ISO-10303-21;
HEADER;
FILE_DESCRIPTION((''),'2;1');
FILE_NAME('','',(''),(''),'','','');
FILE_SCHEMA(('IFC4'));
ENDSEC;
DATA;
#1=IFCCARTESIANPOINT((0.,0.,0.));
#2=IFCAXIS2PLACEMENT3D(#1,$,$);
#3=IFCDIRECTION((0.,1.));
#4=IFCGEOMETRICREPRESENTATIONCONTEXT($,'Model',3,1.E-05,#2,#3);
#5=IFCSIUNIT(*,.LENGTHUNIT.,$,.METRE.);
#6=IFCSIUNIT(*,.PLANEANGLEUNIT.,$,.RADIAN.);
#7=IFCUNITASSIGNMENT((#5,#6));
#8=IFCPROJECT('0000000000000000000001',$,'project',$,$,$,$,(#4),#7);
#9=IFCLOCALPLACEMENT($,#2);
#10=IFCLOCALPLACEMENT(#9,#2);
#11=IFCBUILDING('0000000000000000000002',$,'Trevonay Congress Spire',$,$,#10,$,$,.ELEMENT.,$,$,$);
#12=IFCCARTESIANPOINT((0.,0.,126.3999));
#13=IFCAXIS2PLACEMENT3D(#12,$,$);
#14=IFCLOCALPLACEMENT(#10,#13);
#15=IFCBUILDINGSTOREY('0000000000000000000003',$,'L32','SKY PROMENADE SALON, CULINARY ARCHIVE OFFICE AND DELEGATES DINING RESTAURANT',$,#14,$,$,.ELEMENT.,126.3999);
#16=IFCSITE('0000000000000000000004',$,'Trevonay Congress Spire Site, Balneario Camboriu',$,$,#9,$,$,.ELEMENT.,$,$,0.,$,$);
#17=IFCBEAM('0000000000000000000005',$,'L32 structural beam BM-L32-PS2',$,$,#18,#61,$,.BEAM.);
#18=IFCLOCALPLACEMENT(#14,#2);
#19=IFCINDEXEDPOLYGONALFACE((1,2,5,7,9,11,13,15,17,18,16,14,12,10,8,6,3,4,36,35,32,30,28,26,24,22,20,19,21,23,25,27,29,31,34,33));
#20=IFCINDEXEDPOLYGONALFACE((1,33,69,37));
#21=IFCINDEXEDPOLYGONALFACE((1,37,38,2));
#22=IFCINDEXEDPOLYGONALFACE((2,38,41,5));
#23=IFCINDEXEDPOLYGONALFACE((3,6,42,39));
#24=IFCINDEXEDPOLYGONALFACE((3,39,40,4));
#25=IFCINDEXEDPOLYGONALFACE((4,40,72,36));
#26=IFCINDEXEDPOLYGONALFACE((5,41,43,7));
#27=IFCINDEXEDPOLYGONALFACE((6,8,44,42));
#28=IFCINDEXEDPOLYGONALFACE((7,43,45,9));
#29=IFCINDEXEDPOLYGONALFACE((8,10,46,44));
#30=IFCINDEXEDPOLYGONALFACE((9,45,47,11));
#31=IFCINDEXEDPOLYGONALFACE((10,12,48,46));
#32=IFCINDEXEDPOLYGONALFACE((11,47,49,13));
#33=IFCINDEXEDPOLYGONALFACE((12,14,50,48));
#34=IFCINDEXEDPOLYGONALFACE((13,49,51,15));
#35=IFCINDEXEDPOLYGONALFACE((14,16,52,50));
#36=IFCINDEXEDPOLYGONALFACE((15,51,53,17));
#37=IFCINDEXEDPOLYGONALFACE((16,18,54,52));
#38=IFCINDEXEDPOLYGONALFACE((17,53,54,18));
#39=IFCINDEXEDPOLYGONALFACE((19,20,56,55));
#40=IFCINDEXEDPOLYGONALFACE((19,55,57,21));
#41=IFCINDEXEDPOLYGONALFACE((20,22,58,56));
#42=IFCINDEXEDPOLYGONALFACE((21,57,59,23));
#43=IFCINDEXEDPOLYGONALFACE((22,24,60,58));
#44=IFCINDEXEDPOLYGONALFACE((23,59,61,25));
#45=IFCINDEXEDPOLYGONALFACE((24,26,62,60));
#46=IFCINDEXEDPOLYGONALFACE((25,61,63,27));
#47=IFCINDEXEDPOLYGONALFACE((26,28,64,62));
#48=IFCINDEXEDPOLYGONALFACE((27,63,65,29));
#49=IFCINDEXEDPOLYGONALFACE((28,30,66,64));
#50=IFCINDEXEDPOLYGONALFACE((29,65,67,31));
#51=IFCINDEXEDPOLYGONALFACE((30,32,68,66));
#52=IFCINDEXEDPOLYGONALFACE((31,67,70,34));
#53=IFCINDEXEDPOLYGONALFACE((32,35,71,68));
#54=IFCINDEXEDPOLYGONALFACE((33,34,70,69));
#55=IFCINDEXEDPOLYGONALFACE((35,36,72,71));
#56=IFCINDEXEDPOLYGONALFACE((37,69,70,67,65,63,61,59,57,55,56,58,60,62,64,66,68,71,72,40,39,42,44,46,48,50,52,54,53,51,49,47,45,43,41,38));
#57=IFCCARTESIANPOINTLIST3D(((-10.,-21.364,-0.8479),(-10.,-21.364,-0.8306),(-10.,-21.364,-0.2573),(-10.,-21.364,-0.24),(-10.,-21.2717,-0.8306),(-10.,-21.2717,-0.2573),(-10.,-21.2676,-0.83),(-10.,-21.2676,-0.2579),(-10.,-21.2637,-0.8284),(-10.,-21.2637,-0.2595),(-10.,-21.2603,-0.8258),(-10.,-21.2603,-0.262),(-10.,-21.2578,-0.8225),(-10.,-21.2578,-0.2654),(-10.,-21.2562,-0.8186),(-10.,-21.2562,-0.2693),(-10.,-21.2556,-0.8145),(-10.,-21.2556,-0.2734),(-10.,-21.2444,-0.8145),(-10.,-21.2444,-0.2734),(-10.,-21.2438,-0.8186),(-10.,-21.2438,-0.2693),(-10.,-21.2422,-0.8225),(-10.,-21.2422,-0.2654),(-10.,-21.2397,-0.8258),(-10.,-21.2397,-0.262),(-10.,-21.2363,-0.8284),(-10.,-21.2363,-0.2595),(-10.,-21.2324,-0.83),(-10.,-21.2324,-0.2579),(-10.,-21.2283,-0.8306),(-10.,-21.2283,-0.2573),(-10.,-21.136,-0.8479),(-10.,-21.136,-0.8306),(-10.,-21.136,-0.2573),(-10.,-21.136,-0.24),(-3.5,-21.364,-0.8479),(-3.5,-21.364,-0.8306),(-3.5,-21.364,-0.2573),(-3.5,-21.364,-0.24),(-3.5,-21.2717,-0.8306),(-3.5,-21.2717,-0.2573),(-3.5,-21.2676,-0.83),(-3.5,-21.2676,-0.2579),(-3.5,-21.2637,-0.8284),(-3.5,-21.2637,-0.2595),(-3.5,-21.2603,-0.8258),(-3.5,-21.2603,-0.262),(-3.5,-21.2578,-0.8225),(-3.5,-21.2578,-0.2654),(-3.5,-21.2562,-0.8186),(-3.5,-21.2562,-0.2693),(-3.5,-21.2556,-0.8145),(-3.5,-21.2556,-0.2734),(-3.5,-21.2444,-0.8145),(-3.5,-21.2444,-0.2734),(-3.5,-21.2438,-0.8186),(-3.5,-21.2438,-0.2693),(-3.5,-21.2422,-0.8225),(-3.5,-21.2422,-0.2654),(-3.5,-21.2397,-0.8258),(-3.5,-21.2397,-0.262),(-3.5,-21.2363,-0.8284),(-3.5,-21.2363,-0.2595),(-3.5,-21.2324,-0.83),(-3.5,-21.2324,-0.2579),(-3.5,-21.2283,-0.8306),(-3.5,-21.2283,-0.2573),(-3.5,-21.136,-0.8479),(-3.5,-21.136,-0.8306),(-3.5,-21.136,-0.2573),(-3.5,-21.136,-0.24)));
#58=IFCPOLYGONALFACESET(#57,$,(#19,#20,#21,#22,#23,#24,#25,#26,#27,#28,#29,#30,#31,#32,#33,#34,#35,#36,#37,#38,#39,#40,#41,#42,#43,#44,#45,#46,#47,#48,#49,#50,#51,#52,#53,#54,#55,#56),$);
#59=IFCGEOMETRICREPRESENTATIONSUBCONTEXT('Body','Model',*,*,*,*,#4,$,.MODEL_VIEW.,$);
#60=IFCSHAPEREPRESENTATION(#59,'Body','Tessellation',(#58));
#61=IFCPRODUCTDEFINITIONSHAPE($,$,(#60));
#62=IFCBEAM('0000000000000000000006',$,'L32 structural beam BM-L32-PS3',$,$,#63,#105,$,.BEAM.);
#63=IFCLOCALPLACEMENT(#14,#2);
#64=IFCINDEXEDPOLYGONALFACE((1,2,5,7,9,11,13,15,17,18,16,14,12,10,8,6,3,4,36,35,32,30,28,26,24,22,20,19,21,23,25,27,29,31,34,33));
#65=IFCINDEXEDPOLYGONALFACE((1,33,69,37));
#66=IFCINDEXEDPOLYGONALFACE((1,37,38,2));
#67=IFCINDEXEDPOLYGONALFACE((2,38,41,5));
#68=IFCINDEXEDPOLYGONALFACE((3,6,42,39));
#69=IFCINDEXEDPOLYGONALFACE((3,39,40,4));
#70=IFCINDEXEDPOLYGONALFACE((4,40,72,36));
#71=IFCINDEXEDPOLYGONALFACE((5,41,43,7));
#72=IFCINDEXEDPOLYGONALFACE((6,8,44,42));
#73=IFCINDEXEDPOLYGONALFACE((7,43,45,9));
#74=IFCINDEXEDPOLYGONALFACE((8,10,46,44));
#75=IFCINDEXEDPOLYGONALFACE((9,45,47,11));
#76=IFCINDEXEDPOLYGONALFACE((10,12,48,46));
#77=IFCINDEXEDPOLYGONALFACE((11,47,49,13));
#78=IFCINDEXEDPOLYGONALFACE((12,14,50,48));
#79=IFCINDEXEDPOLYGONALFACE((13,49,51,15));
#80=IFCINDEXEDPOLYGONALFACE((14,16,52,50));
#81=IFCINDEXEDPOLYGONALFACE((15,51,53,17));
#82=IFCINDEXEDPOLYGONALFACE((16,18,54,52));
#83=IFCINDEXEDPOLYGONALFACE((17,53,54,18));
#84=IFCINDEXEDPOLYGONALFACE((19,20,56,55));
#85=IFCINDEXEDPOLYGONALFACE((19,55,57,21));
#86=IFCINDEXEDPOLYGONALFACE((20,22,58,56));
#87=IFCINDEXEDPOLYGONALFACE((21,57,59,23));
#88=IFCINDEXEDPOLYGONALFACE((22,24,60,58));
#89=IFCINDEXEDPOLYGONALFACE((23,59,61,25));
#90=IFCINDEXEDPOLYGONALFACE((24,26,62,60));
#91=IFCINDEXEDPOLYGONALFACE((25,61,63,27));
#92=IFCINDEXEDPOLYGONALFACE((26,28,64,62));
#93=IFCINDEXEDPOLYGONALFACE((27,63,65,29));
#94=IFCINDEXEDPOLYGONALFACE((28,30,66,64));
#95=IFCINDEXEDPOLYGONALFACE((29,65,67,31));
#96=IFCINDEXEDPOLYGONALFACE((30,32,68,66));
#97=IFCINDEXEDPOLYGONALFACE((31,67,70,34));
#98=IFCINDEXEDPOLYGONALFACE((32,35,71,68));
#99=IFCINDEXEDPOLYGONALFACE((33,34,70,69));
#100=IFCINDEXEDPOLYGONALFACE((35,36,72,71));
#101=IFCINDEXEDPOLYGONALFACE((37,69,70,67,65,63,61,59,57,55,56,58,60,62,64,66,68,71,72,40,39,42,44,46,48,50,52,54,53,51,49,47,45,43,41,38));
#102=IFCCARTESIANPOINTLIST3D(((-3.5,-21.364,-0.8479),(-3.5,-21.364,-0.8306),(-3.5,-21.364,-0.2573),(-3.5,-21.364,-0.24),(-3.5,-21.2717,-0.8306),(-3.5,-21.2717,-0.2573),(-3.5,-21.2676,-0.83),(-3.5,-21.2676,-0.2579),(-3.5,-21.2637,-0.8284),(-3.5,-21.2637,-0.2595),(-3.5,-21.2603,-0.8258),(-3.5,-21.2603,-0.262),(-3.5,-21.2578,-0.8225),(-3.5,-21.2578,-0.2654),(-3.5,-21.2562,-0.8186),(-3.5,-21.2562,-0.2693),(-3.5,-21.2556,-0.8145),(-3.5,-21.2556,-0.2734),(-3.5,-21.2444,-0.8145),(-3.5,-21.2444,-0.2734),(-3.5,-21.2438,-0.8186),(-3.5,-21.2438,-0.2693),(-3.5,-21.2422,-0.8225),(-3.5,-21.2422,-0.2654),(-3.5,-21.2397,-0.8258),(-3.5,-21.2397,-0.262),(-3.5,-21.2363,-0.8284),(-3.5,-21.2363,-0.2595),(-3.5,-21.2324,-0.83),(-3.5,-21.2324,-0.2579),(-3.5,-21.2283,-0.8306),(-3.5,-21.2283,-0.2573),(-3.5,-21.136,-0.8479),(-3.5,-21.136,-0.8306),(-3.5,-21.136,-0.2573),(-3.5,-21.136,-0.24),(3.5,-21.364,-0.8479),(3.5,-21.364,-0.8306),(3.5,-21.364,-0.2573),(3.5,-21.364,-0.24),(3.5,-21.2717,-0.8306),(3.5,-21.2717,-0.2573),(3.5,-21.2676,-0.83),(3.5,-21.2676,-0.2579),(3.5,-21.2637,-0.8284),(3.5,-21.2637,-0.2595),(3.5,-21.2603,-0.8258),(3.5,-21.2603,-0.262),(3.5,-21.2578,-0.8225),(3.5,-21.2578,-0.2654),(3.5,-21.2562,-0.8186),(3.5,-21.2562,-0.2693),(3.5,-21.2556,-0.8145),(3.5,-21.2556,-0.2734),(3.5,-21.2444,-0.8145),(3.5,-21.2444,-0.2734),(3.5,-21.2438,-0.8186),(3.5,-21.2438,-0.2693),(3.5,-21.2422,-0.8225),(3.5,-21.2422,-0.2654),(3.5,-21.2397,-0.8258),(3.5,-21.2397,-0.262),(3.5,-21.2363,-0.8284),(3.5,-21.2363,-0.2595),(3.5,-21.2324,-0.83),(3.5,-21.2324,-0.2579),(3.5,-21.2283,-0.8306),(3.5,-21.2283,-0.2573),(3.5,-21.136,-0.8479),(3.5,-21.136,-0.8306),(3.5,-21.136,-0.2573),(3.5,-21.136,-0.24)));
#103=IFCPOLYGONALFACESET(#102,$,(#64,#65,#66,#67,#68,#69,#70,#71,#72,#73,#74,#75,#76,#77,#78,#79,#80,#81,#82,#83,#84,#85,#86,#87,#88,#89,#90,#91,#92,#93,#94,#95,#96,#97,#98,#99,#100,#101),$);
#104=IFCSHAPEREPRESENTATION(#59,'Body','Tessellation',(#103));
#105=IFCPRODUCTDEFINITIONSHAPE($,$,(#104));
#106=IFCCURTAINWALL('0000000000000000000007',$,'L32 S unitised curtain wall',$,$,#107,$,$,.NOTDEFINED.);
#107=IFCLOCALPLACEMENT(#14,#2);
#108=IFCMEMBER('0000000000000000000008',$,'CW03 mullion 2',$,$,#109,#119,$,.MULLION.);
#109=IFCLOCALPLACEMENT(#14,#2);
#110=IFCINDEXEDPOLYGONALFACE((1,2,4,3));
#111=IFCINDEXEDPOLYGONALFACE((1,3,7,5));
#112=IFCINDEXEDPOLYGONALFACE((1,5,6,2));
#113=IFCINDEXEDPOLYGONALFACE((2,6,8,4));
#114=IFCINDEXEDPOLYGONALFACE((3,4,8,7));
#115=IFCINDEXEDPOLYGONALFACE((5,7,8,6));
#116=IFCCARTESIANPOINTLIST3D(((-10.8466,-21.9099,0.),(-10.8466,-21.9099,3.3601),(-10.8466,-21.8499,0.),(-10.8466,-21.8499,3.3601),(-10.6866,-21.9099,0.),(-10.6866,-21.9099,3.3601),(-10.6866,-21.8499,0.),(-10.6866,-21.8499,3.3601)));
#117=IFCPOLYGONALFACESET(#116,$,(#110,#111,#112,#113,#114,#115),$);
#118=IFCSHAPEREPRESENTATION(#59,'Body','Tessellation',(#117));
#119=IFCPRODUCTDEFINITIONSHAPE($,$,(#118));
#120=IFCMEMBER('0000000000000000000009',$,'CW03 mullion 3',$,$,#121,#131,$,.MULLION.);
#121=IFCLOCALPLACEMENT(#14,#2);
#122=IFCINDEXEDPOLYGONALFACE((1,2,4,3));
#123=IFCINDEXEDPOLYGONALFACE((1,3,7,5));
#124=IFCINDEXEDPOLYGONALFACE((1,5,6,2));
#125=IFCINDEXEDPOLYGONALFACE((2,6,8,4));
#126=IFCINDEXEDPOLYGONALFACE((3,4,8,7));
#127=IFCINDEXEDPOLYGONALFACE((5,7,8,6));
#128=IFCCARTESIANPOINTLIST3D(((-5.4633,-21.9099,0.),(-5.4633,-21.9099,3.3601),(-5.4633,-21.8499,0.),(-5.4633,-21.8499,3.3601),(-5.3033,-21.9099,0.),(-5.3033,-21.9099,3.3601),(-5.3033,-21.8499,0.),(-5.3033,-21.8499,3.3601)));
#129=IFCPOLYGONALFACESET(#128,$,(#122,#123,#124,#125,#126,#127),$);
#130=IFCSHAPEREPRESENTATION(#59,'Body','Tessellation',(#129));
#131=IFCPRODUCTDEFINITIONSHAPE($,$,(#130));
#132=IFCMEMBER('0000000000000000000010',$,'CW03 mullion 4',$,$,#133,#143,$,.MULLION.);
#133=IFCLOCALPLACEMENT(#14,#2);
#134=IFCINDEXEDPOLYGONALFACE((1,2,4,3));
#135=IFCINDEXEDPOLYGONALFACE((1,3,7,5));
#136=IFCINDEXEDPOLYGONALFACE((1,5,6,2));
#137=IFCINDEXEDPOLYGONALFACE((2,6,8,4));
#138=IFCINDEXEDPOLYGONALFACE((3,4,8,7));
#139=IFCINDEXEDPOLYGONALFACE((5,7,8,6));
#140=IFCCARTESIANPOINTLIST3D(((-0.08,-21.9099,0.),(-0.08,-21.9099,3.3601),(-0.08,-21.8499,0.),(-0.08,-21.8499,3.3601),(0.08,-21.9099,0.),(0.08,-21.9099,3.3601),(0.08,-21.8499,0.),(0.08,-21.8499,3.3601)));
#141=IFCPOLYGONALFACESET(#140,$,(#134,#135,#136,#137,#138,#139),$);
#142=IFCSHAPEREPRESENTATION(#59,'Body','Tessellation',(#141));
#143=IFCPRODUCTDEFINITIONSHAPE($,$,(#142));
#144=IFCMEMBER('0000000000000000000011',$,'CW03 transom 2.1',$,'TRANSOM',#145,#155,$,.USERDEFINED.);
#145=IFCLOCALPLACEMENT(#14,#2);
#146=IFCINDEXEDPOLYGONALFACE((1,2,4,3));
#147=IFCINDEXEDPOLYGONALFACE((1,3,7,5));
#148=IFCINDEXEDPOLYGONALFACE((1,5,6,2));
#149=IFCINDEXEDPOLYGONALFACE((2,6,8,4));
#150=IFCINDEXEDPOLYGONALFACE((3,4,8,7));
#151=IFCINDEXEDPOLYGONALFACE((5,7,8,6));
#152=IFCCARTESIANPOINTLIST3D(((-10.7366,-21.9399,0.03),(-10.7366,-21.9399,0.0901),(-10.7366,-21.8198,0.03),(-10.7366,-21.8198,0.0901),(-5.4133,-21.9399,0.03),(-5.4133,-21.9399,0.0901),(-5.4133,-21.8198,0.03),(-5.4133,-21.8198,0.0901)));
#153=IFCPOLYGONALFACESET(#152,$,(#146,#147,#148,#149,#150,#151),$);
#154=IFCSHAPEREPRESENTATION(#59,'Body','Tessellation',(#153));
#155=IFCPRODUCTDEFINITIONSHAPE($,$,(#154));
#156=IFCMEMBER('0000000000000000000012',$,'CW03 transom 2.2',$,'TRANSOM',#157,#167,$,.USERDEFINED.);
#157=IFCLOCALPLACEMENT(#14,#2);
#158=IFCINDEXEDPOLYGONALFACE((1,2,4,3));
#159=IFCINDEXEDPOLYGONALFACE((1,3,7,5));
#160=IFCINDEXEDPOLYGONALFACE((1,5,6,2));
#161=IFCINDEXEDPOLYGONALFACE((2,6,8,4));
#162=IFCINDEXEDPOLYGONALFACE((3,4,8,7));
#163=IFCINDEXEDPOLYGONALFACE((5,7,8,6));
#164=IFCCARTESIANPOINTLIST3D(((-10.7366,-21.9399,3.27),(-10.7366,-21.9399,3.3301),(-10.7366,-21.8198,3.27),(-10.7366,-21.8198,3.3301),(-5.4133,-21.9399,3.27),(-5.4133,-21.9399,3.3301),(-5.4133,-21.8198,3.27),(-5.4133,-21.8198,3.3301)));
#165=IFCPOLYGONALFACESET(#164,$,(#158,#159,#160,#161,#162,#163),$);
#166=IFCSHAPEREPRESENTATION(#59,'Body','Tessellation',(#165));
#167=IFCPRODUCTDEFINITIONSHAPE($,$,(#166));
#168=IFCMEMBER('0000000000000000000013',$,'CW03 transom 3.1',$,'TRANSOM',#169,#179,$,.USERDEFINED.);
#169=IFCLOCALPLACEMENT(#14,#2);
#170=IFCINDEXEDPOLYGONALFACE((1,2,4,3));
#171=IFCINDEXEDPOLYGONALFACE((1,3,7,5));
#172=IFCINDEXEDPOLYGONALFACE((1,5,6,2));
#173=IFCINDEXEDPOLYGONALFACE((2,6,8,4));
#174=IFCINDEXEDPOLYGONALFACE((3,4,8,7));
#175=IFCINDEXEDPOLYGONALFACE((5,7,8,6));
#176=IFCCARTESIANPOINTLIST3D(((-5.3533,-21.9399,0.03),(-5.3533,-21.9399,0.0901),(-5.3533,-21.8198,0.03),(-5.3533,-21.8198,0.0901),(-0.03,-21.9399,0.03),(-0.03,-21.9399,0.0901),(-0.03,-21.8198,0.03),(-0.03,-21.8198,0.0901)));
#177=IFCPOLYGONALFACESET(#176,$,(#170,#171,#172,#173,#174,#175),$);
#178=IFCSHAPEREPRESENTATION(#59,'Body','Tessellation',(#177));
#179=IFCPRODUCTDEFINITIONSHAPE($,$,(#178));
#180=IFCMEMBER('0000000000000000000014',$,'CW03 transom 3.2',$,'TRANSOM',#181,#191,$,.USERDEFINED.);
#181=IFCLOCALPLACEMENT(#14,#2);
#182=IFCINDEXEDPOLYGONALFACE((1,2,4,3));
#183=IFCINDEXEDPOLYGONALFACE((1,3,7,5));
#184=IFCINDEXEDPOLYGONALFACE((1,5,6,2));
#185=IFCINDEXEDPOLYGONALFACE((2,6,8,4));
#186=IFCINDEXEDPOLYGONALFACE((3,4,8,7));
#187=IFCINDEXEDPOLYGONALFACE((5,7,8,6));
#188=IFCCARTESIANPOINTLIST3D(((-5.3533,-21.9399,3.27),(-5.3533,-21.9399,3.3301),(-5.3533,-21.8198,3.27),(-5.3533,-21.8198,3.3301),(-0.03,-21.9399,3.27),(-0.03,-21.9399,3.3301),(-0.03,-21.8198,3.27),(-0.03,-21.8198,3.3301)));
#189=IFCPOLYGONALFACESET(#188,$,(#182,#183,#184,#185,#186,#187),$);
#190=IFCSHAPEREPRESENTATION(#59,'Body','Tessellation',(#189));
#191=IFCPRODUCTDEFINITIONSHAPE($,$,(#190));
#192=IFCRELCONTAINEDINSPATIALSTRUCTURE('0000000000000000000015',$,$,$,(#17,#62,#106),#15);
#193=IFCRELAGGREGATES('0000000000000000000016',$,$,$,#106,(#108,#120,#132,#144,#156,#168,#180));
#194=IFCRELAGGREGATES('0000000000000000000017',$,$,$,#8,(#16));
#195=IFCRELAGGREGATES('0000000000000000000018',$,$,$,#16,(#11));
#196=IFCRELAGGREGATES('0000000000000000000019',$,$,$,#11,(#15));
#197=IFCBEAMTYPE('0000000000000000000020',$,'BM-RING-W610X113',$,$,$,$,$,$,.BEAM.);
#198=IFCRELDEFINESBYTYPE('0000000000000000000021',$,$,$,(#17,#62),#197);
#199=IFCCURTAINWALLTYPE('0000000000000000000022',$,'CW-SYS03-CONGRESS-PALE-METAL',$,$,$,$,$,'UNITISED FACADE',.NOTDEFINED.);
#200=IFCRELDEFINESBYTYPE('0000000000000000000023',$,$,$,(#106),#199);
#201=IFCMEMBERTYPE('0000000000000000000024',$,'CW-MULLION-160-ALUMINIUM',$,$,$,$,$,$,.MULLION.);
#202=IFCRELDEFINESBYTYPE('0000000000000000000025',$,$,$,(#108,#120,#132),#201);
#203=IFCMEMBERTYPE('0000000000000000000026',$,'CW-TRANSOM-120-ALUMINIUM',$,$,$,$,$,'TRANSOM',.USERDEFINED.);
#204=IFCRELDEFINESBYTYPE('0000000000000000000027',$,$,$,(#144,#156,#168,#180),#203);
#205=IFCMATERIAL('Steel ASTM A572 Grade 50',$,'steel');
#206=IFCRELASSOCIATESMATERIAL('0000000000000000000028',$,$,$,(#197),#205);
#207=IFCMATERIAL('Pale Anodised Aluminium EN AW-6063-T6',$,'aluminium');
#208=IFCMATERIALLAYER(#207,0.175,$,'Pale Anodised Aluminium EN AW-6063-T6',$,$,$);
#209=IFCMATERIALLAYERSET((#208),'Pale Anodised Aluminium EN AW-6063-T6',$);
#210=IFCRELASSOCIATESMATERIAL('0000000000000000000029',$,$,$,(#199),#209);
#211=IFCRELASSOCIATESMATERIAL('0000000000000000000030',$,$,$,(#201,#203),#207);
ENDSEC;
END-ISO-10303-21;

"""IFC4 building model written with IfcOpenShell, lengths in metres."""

from ifc_helpers import new_model, si_unit, direction, frame, origin, origin_2d, place, context, subcontext, project, spatial, rectangle, i_section, extrude, material, layer, layer_set, material_profile, profile_set, type_object, element, aggregate, save


model = new_model("IFC4")

# Units and contexts
model_context = context("Model", 3, precision=1e-05, world=origin(), true_north=direction((0.0, 1.0)))
body_context = subcontext(model_context, "Body", "Model", "MODEL_VIEW")
ifc_project = project(units=[si_unit("LENGTHUNIT", "METRE"), si_unit("PLANEANGLEUNIT", "RADIAN")], contexts=[model_context])

# Site, building, storey
site_placement = place(None, origin())
site = spatial("IfcSite", under=ifc_project, at=site_placement, Name="Trevonay Congress Spire Site, Balneario Camboriu", CompositionType="ELEMENT", RefElevation=0.0)
building_placement = place(site_placement, origin())
building = spatial("IfcBuilding", under=site, at=building_placement, Name="Trevonay Congress Spire", CompositionType="ELEMENT")
storey_placement = place(building_placement, frame((0.0, 0.0, 126.3999)))
storey = spatial("IfcBuildingStorey", under=building, at=storey_placement, Name="L32", Description="SKY PROMENADE SALON, CULINARY ARCHIVE OFFICE AND DELEGATES DINING RESTAURANT", CompositionType="ELEMENT", Elevation=126.3999)

# Shared definitions
ifc_material_1 = material(Name="Steel ASTM A572 Grade 50", Category="steel")

# Beams
ifc_material_profile_1 = material_profile(ifc_material_1, i_section(OverallWidth=0.228, OverallDepth=0.6079, WebThickness=0.0112, FlangeThickness=0.0173, FilletRadius=0.0161, at=origin_2d()), Name="W610x113")
ifc_profile_set_1 = profile_set([ifc_material_profile_1], Name="Steel ASTM A572 Grade 50")
beam_type_1 = type_object("IfcBeamType", Name="BM-RING-W610X113", PredefinedType="BEAM", material=ifc_profile_set_1)
beam_1_placement = place(storey_placement, frame((-10.0, -21.25, -0.5439), z_axis=(1.0, 0.0, 0.0), x_axis=(0.0, 1.0, 0.0)))
element("IfcBeam", 1, at=beam_1_placement, inside=storey, type_object=beam_type_1, Name="L32 structural beam BM-L32-PS2", PredefinedType="BEAM", context=body_context, shape_type="SweptSolid", body=[
    extrude(i_section(OverallWidth=0.228, OverallDepth=0.6079, WebThickness=0.0112, FlangeThickness=0.0173, FilletRadius=0.0161, at=origin_2d()), origin(), (0.0, 0.0, 1.0), 6.5),
])
beam_2_placement = place(storey_placement, frame((-3.5, -21.25, -0.5439), z_axis=(1.0, 0.0, 0.0), x_axis=(0.0, 1.0, 0.0)))
element("IfcBeam", 2, at=beam_2_placement, inside=storey, type_object=beam_type_1, Name="L32 structural beam BM-L32-PS3", PredefinedType="BEAM", context=body_context, shape_type="SweptSolid", body=[
    extrude(i_section(OverallWidth=0.228, OverallDepth=0.6079, WebThickness=0.0112, FlangeThickness=0.0173, FilletRadius=0.0161, at=origin_2d()), origin(), (0.0, 0.0, 1.0), 7.0),
])

# Curtain wall, members
ifc_material_2 = material(Name="Pale Anodised Aluminium EN AW-6063-T6", Category="aluminium")
ifc_layer_1 = layer(ifc_material_2, 0.175, Name="Pale Anodised Aluminium EN AW-6063-T6")
ifc_layer_set_1 = layer_set([ifc_layer_1], Name="Pale Anodised Aluminium EN AW-6063-T6")
curtain_wall_type = type_object("IfcCurtainWallType", Name="CW-SYS03-CONGRESS-PALE-METAL", ElementType="UNITISED FACADE", PredefinedType="NOTDEFINED", material=ifc_layer_set_1)
curtain_wall_placement = place(storey_placement, origin())
curtain_wall = element("IfcCurtainWall", 3, at=curtain_wall_placement, inside=storey, type_object=curtain_wall_type, Name="L32 S unitised curtain wall", PredefinedType="NOTDEFINED")
ifc_material_profile_2 = material_profile(ifc_material_2, rectangle(XDim=0.0601, YDim=0.1599, at=origin_2d()), Name="CW-MULLION-160-ALUMINIUM")
ifc_profile_set_2 = profile_set([ifc_material_profile_2], Name="Pale Anodised Aluminium EN AW-6063-T6")
member_type_1 = type_object("IfcMemberType", Name="CW-MULLION-160-ALUMINIUM", PredefinedType="MULLION", material=ifc_profile_set_2)
member_1_placement = place(storey_placement, frame((-10.7666, -21.8799, 0.0), z_axis=(0.0, 0.0, 1.0), x_axis=(0.0, 1.0, 0.0)))
member_1 = element("IfcMember", 4, at=member_1_placement, type_object=member_type_1, Name="CW03 mullion 2", PredefinedType="MULLION", context=body_context, shape_type="SweptSolid", body=[
    extrude(rectangle(XDim=0.0601, YDim=0.1599, at=origin_2d()), origin(), (0.0, 0.0, 1.0), 3.3601),
])
member_2_placement = place(storey_placement, frame((-5.3833, -21.8799, 0.0), z_axis=(0.0, 0.0, 1.0), x_axis=(0.0, 1.0, 0.0)))
member_2 = element("IfcMember", 5, at=member_2_placement, type_object=member_type_1, Name="CW03 mullion 3", PredefinedType="MULLION", context=body_context, shape_type="SweptSolid", body=[
    extrude(rectangle(XDim=0.0601, YDim=0.1599, at=origin_2d()), origin(), (0.0, 0.0, 1.0), 3.3601),
])
member_3_placement = place(storey_placement, frame((0.0, -21.8799, 0.0), z_axis=(0.0, 0.0, 1.0), x_axis=(0.0, 1.0, 0.0)))
member_3 = element("IfcMember", 6, at=member_3_placement, type_object=member_type_1, Name="CW03 mullion 4", PredefinedType="MULLION", context=body_context, shape_type="SweptSolid", body=[
    extrude(rectangle(XDim=0.0601, YDim=0.1599, at=origin_2d()), origin(), (0.0, 0.0, 1.0), 3.3601),
])
ifc_material_profile_3 = material_profile(ifc_material_2, rectangle(XDim=0.1201, YDim=0.0601, at=origin_2d()), Name="CW-TRANSOM-120-ALUMINIUM")
ifc_profile_set_3 = profile_set([ifc_material_profile_3], Name="Pale Anodised Aluminium EN AW-6063-T6")
member_type_2 = type_object("IfcMemberType", Name="CW-TRANSOM-120-ALUMINIUM", ElementType="TRANSOM", PredefinedType="USERDEFINED", material=ifc_profile_set_3)
member_4_placement = place(storey_placement, frame((-10.7366, -21.8799, 0.0601), z_axis=(1.0, 0.0, 0.0), x_axis=(0.0, 1.0, 0.0)))
member_4 = element("IfcMember", 7, at=member_4_placement, type_object=member_type_2, Name="CW03 transom 2.1", ObjectType="TRANSOM", PredefinedType="USERDEFINED", context=body_context, shape_type="SweptSolid", body=[
    extrude(rectangle(XDim=0.1201, YDim=0.0601, at=origin_2d()), origin(), (0.0, 0.0, 1.0), 5.3232),
])
member_5_placement = place(storey_placement, frame((-10.7366, -21.8799, 3.3), z_axis=(1.0, 0.0, 0.0), x_axis=(0.0, 1.0, 0.0)))
member_5 = element("IfcMember", 8, at=member_5_placement, type_object=member_type_2, Name="CW03 transom 2.2", ObjectType="TRANSOM", PredefinedType="USERDEFINED", context=body_context, shape_type="SweptSolid", body=[
    extrude(rectangle(XDim=0.1201, YDim=0.0601, at=origin_2d()), origin(), (0.0, 0.0, 1.0), 5.3232),
])
member_6_placement = place(storey_placement, frame((-5.3533, -21.8799, 0.0601), z_axis=(1.0, 0.0, 0.0), x_axis=(0.0, 1.0, 0.0)))
member_6 = element("IfcMember", 9, at=member_6_placement, type_object=member_type_2, Name="CW03 transom 3.1", ObjectType="TRANSOM", PredefinedType="USERDEFINED", context=body_context, shape_type="SweptSolid", body=[
    extrude(rectangle(XDim=0.1201, YDim=0.0601, at=origin_2d()), origin(), (0.0, 0.0, 1.0), 5.3232),
])
member_7_placement = place(storey_placement, frame((-5.3533, -21.8799, 3.3), z_axis=(1.0, 0.0, 0.0), x_axis=(0.0, 1.0, 0.0)))
member_7 = element("IfcMember", 10, at=member_7_placement, type_object=member_type_2, Name="CW03 transom 3.2", ObjectType="TRANSOM", PredefinedType="USERDEFINED", context=body_context, shape_type="SweptSolid", body=[
    extrude(rectangle(XDim=0.1201, YDim=0.0601, at=origin_2d()), origin(), (0.0, 0.0, 1.0), 5.3232),
])
aggregate(curtain_wall, [member_1, member_2, member_3, member_4, member_5, member_6, member_7])

save(model, "model.ifc")
